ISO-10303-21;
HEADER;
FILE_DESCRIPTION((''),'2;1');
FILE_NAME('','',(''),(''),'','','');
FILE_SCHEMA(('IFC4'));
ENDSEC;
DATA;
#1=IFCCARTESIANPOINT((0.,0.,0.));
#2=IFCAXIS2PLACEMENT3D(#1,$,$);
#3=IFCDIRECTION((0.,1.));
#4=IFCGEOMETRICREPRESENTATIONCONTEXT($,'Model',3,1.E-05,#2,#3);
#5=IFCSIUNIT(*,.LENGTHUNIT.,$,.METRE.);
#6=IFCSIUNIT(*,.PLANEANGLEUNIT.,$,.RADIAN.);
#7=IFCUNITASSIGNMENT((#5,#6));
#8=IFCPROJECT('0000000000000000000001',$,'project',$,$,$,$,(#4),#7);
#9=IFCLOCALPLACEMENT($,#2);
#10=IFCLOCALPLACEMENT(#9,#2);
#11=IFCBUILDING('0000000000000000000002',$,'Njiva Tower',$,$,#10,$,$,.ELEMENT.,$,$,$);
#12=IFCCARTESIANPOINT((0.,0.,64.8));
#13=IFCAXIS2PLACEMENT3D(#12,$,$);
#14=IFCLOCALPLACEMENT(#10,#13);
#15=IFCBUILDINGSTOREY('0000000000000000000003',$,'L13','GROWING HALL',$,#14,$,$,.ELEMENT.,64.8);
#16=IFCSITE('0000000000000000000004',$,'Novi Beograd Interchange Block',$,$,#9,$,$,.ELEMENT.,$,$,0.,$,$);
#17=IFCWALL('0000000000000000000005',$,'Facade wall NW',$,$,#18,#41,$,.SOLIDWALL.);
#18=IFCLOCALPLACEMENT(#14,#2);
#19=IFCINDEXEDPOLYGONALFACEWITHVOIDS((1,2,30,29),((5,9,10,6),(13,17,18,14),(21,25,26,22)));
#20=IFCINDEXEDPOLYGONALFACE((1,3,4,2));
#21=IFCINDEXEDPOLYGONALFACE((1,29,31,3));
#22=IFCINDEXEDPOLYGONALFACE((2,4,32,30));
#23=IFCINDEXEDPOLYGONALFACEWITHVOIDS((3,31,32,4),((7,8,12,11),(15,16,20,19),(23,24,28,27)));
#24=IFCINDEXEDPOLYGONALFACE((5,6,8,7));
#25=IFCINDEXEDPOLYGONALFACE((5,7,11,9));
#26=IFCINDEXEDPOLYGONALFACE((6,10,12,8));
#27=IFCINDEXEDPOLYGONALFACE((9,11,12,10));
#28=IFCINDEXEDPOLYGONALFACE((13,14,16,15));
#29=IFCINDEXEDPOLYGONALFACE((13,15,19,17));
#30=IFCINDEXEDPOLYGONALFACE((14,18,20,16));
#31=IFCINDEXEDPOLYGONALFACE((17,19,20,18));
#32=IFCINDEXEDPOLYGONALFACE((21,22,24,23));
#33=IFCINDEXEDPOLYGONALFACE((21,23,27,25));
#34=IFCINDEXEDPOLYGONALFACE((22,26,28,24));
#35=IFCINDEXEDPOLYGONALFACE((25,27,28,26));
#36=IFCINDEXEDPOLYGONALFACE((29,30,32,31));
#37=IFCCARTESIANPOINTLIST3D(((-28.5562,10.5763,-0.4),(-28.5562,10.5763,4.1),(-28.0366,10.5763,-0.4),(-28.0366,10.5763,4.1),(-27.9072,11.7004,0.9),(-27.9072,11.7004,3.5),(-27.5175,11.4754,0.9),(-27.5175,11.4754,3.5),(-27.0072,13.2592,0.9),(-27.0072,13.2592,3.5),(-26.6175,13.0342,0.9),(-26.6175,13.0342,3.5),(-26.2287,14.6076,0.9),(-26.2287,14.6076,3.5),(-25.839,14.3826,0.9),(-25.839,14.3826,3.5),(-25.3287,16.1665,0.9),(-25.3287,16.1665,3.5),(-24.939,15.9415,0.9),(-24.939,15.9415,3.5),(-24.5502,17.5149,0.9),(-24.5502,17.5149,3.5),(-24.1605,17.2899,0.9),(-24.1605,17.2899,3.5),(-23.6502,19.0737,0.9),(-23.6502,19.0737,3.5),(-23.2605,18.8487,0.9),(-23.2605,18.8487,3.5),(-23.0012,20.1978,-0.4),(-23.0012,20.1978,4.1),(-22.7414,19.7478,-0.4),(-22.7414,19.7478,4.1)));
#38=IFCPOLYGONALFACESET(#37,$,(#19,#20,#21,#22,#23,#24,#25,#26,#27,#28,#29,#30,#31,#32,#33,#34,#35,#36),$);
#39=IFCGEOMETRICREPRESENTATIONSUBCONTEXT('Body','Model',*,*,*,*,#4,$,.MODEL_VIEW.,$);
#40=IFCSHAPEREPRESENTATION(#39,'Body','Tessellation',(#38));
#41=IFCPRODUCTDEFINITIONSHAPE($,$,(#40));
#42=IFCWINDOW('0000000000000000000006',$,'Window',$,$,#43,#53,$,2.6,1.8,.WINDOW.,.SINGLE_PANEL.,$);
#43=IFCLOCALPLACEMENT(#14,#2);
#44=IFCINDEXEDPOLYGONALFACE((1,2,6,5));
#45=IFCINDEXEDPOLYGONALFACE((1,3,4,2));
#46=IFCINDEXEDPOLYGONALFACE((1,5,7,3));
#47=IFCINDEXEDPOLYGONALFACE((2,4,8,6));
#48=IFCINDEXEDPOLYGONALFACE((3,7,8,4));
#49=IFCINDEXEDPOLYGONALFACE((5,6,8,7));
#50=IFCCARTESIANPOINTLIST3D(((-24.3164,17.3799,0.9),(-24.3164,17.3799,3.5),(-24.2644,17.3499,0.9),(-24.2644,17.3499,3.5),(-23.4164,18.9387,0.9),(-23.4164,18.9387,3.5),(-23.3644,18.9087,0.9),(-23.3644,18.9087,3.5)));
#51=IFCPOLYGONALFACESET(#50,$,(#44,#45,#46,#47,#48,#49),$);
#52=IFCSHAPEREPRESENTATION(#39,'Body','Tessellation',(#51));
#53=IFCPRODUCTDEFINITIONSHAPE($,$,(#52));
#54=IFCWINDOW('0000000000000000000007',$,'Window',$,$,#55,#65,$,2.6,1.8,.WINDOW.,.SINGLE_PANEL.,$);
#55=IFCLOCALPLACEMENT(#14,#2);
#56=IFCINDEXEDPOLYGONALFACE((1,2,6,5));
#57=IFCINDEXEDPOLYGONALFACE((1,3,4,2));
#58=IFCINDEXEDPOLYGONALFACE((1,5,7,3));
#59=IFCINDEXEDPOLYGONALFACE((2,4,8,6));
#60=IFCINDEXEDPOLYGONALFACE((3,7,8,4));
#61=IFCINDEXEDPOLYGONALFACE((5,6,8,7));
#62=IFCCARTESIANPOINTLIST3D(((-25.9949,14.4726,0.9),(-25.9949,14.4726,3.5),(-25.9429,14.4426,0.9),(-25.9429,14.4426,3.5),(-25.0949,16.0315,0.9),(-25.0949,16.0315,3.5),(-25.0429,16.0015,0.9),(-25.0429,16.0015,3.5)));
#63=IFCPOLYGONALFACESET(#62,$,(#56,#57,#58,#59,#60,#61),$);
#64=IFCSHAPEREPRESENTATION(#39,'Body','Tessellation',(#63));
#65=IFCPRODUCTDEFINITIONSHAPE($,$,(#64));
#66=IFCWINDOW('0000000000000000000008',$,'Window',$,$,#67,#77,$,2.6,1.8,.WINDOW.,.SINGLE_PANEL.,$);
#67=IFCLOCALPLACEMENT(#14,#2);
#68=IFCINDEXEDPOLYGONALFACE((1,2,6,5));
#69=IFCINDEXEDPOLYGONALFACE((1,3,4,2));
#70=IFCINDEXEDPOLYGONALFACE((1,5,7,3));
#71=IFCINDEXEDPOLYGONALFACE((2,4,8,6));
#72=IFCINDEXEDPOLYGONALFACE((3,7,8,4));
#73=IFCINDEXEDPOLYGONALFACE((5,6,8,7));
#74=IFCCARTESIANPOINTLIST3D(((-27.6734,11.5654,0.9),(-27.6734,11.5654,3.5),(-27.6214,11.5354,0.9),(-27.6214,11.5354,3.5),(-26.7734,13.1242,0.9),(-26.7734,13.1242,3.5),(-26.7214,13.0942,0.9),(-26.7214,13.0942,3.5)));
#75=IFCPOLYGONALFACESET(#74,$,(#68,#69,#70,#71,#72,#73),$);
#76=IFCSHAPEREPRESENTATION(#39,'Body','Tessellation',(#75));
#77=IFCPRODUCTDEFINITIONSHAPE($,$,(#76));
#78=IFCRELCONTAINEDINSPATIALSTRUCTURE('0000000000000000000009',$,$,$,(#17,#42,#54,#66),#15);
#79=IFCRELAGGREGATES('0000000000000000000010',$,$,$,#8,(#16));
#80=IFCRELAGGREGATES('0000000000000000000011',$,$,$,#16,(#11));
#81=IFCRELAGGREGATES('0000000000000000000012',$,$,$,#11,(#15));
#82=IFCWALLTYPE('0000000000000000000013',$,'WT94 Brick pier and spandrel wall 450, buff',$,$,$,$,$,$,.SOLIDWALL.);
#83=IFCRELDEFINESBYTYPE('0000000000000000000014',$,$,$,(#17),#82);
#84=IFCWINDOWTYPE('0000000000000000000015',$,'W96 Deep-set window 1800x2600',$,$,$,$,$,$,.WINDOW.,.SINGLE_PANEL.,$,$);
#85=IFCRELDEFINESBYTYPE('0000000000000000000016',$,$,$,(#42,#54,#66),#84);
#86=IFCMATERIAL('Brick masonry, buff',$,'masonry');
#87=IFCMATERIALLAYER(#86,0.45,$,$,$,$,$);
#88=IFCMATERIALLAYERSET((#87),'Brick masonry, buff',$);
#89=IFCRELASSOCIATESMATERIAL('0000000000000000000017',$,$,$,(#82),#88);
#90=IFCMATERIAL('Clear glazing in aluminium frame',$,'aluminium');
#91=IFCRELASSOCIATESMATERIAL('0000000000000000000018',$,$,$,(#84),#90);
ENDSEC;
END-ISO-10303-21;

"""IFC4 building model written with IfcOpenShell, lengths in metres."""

from ifc_helpers import new_model, si_unit, direction, frame, frame_2d, origin, place, context, subcontext, project, spatial, polyline, rectangle, outline, extrude, material, layer, layer_set, type_object, element, fill, save


model = new_model("IFC4")

# Units and contexts
model_context = context("Model", 3, precision=1e-05, world=origin(), true_north=direction((0.0, 1.0)))
body_context = subcontext(model_context, "Body", "Model", "MODEL_VIEW")
ifc_project = project(units=[si_unit("LENGTHUNIT", "METRE"), si_unit("PLANEANGLEUNIT", "RADIAN")], contexts=[model_context])

# Site, building, storey
site_placement = place(None, origin())
site = spatial("IfcSite", under=ifc_project, at=site_placement, Name="Novi Beograd Interchange Block", CompositionType="ELEMENT", RefElevation=0.0)
building_placement = place(site_placement, origin())
building = spatial("IfcBuilding", under=site, at=building_placement, Name="Njiva Tower", CompositionType="ELEMENT")
storey_placement = place(building_placement, frame((0.0, 0.0, 64.8)))
storey = spatial("IfcBuildingStorey", under=building, at=storey_placement, Name="L13", Description="GROWING HALL", CompositionType="ELEMENT", Elevation=64.8)

# Wall, openings, windows
ifc_material_1 = material(Name="Brick masonry, buff", Category="masonry")
ifc_layer_1 = layer(ifc_material_1, 0.45)
ifc_layer_set_1 = layer_set([ifc_layer_1], Name="Brick masonry, buff")
wall_type_1 = type_object("IfcWallType", Name="WT94 Brick pier and spandrel wall 450, buff", PredefinedType="SOLIDWALL", material=ifc_layer_set_1)
wall_1_placement = place(storey_placement, frame((-22.8713, 19.9728, -0.4), z_axis=(0.0, 0.0, 1.0), x_axis=(-0.500002, -0.866024, 0.0)))
wall_1 = element("IfcWall", 1, at=wall_1_placement, inside=storey, type_object=wall_type_1, Name="Facade wall NW", PredefinedType="SOLIDWALL", context=body_context, shape_type="SweptSolid", body=[
    extrude(outline(polyline([(-0.1299, -0.225), (10.9801, -0.225), (10.7203, 0.225), (0.1299, 0.225), (-0.1299, -0.225)])), origin(), (0.0, 0.0, 1.0), 4.5),
])
opening_1_placement = place(wall_1_placement, frame((1.1681, 0.0, 1.3)))
opening_1 = element("IfcOpeningElement", 2, at=opening_1_placement, cuts=wall_1, PredefinedType="OPENING", context=body_context, shape_type="SweptSolid", body=[
    extrude(rectangle(XDim=1.8, YDim=2.6, at=frame_2d((0.9, 1.3))), frame((0.0, 0.235, 0.0), z_axis=(0.0, -1.0, 0.0), x_axis=(1.0, 0.0, 0.0)), (0.0, 0.0, 1.0), 0.47),
])
opening_2_placement = place(wall_1_placement, frame((4.5251, 0.0, 1.3)))
opening_2 = element("IfcOpeningElement", 3, at=opening_2_placement, cuts=wall_1, PredefinedType="OPENING", context=body_context, shape_type="SweptSolid", body=[
    extrude(rectangle(XDim=1.8, YDim=2.6, at=frame_2d((0.9, 1.3))), frame((0.0, 0.235, 0.0), z_axis=(0.0, -1.0, 0.0), x_axis=(1.0, 0.0, 0.0)), (0.0, 0.0, 1.0), 0.47),
])
opening_3_placement = place(wall_1_placement, frame((7.8821, 0.0, 1.3)))
opening_3 = element("IfcOpeningElement", 4, at=opening_3_placement, cuts=wall_1, PredefinedType="OPENING", context=body_context, shape_type="SweptSolid", body=[
    extrude(rectangle(XDim=1.8, YDim=2.6, at=frame_2d((0.9, 1.3))), frame((0.0, 0.235, 0.0), z_axis=(0.0, -1.0, 0.0), x_axis=(1.0, 0.0, 0.0)), (0.0, 0.0, 1.0), 0.47),
])
ifc_material_2 = material(Name="Clear glazing in aluminium frame", Category="aluminium")
window_type = type_object("IfcWindowType", Name="W96 Deep-set window 1800x2600", PartitioningType="SINGLE_PANEL", PredefinedType="WINDOW", material=ifc_material_2)
window_1_placement = place(opening_1_placement, origin())
window_1 = element("IfcWindow", 5, at=window_1_placement, inside=storey, type_object=window_type, Name="Window", OverallHeight=2.6, OverallWidth=1.8, PartitioningType="SINGLE_PANEL", PredefinedType="WINDOW", context=body_context, shape_type="SweptSolid", body=[
    extrude(rectangle(XDim=1.8, YDim=2.6, at=frame_2d((0.9, 1.3))), frame((0.0, 0.105, 0.0), z_axis=(0.0, -1.0, 0.0), x_axis=(1.0, 0.0, 0.0)), (0.0, 0.0, 1.0), 0.06),
])
fill(opening_1, window_1)
window_2_placement = place(opening_2_placement, origin())
window_2 = element("IfcWindow", 6, at=window_2_placement, inside=storey, type_object=window_type, Name="Window", OverallHeight=2.6, OverallWidth=1.8, PartitioningType="SINGLE_PANEL", PredefinedType="WINDOW", context=body_context, shape_type="SweptSolid", body=[
    extrude(rectangle(XDim=1.8, YDim=2.6, at=frame_2d((0.9, 1.3))), frame((0.0, 0.105, 0.0), z_axis=(0.0, -1.0, 0.0), x_axis=(1.0, 0.0, 0.0)), (0.0, 0.0, 1.0), 0.06),
])
fill(opening_2, window_2)
window_3_placement = place(opening_3_placement, origin())
window_3 = element("IfcWindow", 7, at=window_3_placement, inside=storey, type_object=window_type, Name="Window", OverallHeight=2.6, OverallWidth=1.8, PartitioningType="SINGLE_PANEL", PredefinedType="WINDOW", context=body_context, shape_type="SweptSolid", body=[
    extrude(rectangle(XDim=1.8, YDim=2.6, at=frame_2d((0.9, 1.3))), frame((0.0, 0.105, 0.0), z_axis=(0.0, -1.0, 0.0), x_axis=(1.0, 0.0, 0.0)), (0.0, 0.0, 1.0), 0.06),
])
fill(opening_3, window_3)

save(model, "model.ifc")
